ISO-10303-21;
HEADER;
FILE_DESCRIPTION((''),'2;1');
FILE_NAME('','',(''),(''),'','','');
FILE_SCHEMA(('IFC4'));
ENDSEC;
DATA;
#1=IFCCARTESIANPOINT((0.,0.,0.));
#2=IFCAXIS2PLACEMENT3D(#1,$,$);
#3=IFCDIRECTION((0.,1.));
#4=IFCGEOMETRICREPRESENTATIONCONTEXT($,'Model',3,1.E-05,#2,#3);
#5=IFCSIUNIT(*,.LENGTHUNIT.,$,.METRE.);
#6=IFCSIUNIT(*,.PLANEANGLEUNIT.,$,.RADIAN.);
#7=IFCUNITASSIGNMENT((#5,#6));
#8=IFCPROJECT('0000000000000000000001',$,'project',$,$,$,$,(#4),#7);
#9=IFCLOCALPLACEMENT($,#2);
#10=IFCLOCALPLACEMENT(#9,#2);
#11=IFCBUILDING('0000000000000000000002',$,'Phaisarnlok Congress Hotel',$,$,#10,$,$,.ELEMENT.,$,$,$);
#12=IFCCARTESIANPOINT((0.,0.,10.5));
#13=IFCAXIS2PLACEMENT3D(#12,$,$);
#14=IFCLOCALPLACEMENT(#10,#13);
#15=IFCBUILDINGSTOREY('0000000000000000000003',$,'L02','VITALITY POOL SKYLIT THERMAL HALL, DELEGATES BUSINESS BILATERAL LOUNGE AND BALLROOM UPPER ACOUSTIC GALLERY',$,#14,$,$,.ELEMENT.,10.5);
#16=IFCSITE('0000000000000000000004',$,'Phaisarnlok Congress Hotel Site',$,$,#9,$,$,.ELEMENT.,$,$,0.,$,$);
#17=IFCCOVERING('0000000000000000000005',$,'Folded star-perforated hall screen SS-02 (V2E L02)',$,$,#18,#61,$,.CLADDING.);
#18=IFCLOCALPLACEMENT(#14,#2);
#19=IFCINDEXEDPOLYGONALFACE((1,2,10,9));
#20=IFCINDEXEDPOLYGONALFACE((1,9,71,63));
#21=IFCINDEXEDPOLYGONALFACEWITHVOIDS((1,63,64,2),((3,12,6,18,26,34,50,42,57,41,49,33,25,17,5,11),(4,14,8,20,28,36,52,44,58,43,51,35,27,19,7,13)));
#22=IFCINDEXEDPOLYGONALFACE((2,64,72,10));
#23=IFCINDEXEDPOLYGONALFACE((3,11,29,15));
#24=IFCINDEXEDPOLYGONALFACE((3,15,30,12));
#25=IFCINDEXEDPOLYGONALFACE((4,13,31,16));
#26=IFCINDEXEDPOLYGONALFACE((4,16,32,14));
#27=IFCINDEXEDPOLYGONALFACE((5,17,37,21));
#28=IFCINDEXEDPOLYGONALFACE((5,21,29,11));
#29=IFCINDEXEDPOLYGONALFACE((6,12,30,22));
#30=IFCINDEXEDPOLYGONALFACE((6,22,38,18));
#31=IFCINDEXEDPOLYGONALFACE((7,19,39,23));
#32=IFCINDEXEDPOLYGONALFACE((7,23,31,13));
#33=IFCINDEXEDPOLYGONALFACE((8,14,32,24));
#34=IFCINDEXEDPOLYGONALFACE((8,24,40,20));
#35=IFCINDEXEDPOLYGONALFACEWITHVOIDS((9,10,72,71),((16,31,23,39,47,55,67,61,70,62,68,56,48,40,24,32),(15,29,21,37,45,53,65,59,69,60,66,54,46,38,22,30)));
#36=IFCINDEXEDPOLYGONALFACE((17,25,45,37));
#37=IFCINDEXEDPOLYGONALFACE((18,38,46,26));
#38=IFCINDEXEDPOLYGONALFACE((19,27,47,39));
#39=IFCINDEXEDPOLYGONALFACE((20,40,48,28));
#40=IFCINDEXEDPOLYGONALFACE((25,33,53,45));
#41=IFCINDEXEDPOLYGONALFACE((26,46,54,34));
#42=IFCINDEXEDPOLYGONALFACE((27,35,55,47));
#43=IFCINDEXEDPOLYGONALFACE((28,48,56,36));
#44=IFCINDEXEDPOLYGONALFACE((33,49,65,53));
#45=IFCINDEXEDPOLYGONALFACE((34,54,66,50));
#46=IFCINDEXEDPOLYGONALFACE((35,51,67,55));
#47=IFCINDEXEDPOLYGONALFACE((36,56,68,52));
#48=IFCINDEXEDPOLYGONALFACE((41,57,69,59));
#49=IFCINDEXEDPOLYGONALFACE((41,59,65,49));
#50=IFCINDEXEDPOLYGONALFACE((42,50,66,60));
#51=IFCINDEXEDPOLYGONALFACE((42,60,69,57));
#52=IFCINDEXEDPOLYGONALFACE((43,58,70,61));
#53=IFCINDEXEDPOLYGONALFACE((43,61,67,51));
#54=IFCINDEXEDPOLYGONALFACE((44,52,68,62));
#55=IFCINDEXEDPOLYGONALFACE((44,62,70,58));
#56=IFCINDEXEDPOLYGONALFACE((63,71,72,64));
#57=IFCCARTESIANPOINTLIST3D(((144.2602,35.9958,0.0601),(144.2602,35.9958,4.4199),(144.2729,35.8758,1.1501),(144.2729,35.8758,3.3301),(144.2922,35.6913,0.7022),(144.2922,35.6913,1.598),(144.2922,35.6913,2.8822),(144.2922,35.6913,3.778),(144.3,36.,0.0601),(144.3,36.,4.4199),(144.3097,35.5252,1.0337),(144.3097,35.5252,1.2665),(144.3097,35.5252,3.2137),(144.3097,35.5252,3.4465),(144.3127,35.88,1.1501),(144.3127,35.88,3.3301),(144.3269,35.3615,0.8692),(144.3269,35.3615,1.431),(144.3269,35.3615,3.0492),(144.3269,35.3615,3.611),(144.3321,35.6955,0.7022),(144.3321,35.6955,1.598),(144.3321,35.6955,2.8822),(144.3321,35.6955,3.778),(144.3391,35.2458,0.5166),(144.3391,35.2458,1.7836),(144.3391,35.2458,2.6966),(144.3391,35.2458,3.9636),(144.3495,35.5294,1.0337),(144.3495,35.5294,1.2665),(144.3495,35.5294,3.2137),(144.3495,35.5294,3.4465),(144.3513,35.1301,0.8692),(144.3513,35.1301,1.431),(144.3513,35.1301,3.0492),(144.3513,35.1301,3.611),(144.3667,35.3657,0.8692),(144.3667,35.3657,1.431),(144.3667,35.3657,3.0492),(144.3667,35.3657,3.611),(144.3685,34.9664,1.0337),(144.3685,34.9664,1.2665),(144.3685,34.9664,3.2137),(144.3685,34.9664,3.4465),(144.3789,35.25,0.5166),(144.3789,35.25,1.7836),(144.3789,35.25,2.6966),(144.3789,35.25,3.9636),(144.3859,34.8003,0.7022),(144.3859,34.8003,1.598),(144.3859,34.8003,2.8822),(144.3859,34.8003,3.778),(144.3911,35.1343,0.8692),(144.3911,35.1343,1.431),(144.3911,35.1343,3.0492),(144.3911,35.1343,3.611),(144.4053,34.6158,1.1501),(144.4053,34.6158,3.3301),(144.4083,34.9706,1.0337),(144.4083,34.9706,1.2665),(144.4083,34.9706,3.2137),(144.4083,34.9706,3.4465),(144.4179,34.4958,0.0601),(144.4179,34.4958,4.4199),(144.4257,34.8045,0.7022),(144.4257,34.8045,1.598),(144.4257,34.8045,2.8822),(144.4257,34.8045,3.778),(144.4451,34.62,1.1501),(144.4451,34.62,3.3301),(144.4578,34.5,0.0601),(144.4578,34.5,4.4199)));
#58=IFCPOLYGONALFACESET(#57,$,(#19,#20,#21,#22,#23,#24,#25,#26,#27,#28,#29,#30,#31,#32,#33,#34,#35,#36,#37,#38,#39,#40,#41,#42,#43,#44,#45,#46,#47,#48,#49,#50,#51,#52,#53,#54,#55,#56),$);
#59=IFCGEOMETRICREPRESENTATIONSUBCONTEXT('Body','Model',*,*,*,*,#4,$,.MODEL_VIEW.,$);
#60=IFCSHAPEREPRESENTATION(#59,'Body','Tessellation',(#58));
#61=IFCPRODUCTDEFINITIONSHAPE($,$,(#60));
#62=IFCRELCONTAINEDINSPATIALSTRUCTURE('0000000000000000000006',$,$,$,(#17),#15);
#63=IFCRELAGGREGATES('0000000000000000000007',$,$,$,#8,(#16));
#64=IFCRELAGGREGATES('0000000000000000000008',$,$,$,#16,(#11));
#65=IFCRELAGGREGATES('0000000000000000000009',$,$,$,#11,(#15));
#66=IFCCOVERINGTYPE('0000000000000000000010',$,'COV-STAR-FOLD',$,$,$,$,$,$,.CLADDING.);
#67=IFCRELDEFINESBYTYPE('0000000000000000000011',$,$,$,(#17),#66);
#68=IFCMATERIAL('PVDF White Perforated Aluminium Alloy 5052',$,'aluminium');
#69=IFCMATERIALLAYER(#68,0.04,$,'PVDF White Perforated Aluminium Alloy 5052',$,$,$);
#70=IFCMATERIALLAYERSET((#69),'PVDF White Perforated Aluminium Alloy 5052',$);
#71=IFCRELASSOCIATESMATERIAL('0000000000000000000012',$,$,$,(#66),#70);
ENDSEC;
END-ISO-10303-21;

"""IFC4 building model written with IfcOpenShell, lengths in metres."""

from ifc_helpers import new_model, si_unit, direction, frame, origin, place, context, subcontext, project, spatial, polyline, outline, extrude, material, layer, layer_set, type_object, element, save


model = new_model("IFC4")

# Units and contexts
model_context = context("Model", 3, precision=1e-05, world=origin(), true_north=direction((0.0, 1.0)))
body_context = subcontext(model_context, "Body", "Model", "MODEL_VIEW")
ifc_project = project(units=[si_unit("LENGTHUNIT", "METRE"), si_unit("PLANEANGLEUNIT", "RADIAN")], contexts=[model_context])

# Site, building, storey
site_placement = place(None, origin())
site = spatial("IfcSite", under=ifc_project, at=site_placement, Name="Phaisarnlok Congress Hotel Site", CompositionType="ELEMENT", RefElevation=0.0)
building_placement = place(site_placement, origin())
building = spatial("IfcBuilding", under=site, at=building_placement, Name="Phaisarnlok Congress Hotel", CompositionType="ELEMENT")
storey_placement = place(building_placement, frame((0.0, 0.0, 10.5)))
storey = spatial("IfcBuildingStorey", under=building, at=storey_placement, Name="L02", Description="VITALITY POOL SKYLIT THERMAL HALL, DELEGATES BUSINESS BILATERAL LOUNGE AND BALLROOM UPPER ACOUSTIC GALLERY", CompositionType="ELEMENT", Elevation=10.5)

# Covering
ifc_material_1 = material(Name="PVDF White Perforated Aluminium Alloy 5052", Category="aluminium")
ifc_layer_1 = layer(ifc_material_1, 0.04, Name="PVDF White Perforated Aluminium Alloy 5052")
ifc_layer_set_1 = layer_set([ifc_layer_1], Name="PVDF White Perforated Aluminium Alloy 5052")
covering_type = type_object("IfcCoveringType", Name="COV-STAR-FOLD", PredefinedType="CLADDING", material=ifc_layer_set_1)
covering_placement = place(storey_placement, frame((144.3, 36.0, 0.0601), z_axis=(-0.994518, -0.104567, 0.0), x_axis=(0.104567, -0.994518, 0.0)))
element("IfcCovering", 1, at=covering_placement, inside=storey, type_object=covering_type, Name="Folded star-perforated hall screen SS-02 (V2E L02)", PredefinedType="CLADDING", context=body_context, shape_type="SweptSolid", body=[
    extrude(outline(polyline([(0.0, 0.0), (1.5083, 0.0), (1.5083, 4.3599), (0.0, 4.3599), (0.0, 0.0)]), holes=[polyline([(1.0351, 0.9736), (1.2021, 0.6421), (0.8705, 0.8091), (0.7541, 0.4565), (0.6378, 0.8091), (0.3062, 0.6421), (0.4732, 0.9736), (0.1207, 1.09), (0.4732, 1.2064), (0.3062, 1.5379), (0.6378, 1.3709), (0.7541, 1.7235), (0.8705, 1.3709), (1.2021, 1.5379), (1.0351, 1.2064), (1.3876, 1.09), (1.0351, 0.9736)]), polyline([(1.0351, 3.1536), (1.2021, 2.8221), (0.8705, 2.9891), (0.7541, 2.6365), (0.6378, 2.9891), (0.3062, 2.8221), (0.4732, 3.1536), (0.1207, 3.27), (0.4732, 3.3864), (0.3062, 3.7179), (0.6378, 3.5509), (0.7541, 3.9035), (0.8705, 3.5509), (1.2021, 3.7179), (1.0351, 3.3864), (1.3876, 3.27), (1.0351, 3.1536)])]), origin(), (0.0, 0.0, 1.0), 0.04),
])

save(model, "model.ifc")
